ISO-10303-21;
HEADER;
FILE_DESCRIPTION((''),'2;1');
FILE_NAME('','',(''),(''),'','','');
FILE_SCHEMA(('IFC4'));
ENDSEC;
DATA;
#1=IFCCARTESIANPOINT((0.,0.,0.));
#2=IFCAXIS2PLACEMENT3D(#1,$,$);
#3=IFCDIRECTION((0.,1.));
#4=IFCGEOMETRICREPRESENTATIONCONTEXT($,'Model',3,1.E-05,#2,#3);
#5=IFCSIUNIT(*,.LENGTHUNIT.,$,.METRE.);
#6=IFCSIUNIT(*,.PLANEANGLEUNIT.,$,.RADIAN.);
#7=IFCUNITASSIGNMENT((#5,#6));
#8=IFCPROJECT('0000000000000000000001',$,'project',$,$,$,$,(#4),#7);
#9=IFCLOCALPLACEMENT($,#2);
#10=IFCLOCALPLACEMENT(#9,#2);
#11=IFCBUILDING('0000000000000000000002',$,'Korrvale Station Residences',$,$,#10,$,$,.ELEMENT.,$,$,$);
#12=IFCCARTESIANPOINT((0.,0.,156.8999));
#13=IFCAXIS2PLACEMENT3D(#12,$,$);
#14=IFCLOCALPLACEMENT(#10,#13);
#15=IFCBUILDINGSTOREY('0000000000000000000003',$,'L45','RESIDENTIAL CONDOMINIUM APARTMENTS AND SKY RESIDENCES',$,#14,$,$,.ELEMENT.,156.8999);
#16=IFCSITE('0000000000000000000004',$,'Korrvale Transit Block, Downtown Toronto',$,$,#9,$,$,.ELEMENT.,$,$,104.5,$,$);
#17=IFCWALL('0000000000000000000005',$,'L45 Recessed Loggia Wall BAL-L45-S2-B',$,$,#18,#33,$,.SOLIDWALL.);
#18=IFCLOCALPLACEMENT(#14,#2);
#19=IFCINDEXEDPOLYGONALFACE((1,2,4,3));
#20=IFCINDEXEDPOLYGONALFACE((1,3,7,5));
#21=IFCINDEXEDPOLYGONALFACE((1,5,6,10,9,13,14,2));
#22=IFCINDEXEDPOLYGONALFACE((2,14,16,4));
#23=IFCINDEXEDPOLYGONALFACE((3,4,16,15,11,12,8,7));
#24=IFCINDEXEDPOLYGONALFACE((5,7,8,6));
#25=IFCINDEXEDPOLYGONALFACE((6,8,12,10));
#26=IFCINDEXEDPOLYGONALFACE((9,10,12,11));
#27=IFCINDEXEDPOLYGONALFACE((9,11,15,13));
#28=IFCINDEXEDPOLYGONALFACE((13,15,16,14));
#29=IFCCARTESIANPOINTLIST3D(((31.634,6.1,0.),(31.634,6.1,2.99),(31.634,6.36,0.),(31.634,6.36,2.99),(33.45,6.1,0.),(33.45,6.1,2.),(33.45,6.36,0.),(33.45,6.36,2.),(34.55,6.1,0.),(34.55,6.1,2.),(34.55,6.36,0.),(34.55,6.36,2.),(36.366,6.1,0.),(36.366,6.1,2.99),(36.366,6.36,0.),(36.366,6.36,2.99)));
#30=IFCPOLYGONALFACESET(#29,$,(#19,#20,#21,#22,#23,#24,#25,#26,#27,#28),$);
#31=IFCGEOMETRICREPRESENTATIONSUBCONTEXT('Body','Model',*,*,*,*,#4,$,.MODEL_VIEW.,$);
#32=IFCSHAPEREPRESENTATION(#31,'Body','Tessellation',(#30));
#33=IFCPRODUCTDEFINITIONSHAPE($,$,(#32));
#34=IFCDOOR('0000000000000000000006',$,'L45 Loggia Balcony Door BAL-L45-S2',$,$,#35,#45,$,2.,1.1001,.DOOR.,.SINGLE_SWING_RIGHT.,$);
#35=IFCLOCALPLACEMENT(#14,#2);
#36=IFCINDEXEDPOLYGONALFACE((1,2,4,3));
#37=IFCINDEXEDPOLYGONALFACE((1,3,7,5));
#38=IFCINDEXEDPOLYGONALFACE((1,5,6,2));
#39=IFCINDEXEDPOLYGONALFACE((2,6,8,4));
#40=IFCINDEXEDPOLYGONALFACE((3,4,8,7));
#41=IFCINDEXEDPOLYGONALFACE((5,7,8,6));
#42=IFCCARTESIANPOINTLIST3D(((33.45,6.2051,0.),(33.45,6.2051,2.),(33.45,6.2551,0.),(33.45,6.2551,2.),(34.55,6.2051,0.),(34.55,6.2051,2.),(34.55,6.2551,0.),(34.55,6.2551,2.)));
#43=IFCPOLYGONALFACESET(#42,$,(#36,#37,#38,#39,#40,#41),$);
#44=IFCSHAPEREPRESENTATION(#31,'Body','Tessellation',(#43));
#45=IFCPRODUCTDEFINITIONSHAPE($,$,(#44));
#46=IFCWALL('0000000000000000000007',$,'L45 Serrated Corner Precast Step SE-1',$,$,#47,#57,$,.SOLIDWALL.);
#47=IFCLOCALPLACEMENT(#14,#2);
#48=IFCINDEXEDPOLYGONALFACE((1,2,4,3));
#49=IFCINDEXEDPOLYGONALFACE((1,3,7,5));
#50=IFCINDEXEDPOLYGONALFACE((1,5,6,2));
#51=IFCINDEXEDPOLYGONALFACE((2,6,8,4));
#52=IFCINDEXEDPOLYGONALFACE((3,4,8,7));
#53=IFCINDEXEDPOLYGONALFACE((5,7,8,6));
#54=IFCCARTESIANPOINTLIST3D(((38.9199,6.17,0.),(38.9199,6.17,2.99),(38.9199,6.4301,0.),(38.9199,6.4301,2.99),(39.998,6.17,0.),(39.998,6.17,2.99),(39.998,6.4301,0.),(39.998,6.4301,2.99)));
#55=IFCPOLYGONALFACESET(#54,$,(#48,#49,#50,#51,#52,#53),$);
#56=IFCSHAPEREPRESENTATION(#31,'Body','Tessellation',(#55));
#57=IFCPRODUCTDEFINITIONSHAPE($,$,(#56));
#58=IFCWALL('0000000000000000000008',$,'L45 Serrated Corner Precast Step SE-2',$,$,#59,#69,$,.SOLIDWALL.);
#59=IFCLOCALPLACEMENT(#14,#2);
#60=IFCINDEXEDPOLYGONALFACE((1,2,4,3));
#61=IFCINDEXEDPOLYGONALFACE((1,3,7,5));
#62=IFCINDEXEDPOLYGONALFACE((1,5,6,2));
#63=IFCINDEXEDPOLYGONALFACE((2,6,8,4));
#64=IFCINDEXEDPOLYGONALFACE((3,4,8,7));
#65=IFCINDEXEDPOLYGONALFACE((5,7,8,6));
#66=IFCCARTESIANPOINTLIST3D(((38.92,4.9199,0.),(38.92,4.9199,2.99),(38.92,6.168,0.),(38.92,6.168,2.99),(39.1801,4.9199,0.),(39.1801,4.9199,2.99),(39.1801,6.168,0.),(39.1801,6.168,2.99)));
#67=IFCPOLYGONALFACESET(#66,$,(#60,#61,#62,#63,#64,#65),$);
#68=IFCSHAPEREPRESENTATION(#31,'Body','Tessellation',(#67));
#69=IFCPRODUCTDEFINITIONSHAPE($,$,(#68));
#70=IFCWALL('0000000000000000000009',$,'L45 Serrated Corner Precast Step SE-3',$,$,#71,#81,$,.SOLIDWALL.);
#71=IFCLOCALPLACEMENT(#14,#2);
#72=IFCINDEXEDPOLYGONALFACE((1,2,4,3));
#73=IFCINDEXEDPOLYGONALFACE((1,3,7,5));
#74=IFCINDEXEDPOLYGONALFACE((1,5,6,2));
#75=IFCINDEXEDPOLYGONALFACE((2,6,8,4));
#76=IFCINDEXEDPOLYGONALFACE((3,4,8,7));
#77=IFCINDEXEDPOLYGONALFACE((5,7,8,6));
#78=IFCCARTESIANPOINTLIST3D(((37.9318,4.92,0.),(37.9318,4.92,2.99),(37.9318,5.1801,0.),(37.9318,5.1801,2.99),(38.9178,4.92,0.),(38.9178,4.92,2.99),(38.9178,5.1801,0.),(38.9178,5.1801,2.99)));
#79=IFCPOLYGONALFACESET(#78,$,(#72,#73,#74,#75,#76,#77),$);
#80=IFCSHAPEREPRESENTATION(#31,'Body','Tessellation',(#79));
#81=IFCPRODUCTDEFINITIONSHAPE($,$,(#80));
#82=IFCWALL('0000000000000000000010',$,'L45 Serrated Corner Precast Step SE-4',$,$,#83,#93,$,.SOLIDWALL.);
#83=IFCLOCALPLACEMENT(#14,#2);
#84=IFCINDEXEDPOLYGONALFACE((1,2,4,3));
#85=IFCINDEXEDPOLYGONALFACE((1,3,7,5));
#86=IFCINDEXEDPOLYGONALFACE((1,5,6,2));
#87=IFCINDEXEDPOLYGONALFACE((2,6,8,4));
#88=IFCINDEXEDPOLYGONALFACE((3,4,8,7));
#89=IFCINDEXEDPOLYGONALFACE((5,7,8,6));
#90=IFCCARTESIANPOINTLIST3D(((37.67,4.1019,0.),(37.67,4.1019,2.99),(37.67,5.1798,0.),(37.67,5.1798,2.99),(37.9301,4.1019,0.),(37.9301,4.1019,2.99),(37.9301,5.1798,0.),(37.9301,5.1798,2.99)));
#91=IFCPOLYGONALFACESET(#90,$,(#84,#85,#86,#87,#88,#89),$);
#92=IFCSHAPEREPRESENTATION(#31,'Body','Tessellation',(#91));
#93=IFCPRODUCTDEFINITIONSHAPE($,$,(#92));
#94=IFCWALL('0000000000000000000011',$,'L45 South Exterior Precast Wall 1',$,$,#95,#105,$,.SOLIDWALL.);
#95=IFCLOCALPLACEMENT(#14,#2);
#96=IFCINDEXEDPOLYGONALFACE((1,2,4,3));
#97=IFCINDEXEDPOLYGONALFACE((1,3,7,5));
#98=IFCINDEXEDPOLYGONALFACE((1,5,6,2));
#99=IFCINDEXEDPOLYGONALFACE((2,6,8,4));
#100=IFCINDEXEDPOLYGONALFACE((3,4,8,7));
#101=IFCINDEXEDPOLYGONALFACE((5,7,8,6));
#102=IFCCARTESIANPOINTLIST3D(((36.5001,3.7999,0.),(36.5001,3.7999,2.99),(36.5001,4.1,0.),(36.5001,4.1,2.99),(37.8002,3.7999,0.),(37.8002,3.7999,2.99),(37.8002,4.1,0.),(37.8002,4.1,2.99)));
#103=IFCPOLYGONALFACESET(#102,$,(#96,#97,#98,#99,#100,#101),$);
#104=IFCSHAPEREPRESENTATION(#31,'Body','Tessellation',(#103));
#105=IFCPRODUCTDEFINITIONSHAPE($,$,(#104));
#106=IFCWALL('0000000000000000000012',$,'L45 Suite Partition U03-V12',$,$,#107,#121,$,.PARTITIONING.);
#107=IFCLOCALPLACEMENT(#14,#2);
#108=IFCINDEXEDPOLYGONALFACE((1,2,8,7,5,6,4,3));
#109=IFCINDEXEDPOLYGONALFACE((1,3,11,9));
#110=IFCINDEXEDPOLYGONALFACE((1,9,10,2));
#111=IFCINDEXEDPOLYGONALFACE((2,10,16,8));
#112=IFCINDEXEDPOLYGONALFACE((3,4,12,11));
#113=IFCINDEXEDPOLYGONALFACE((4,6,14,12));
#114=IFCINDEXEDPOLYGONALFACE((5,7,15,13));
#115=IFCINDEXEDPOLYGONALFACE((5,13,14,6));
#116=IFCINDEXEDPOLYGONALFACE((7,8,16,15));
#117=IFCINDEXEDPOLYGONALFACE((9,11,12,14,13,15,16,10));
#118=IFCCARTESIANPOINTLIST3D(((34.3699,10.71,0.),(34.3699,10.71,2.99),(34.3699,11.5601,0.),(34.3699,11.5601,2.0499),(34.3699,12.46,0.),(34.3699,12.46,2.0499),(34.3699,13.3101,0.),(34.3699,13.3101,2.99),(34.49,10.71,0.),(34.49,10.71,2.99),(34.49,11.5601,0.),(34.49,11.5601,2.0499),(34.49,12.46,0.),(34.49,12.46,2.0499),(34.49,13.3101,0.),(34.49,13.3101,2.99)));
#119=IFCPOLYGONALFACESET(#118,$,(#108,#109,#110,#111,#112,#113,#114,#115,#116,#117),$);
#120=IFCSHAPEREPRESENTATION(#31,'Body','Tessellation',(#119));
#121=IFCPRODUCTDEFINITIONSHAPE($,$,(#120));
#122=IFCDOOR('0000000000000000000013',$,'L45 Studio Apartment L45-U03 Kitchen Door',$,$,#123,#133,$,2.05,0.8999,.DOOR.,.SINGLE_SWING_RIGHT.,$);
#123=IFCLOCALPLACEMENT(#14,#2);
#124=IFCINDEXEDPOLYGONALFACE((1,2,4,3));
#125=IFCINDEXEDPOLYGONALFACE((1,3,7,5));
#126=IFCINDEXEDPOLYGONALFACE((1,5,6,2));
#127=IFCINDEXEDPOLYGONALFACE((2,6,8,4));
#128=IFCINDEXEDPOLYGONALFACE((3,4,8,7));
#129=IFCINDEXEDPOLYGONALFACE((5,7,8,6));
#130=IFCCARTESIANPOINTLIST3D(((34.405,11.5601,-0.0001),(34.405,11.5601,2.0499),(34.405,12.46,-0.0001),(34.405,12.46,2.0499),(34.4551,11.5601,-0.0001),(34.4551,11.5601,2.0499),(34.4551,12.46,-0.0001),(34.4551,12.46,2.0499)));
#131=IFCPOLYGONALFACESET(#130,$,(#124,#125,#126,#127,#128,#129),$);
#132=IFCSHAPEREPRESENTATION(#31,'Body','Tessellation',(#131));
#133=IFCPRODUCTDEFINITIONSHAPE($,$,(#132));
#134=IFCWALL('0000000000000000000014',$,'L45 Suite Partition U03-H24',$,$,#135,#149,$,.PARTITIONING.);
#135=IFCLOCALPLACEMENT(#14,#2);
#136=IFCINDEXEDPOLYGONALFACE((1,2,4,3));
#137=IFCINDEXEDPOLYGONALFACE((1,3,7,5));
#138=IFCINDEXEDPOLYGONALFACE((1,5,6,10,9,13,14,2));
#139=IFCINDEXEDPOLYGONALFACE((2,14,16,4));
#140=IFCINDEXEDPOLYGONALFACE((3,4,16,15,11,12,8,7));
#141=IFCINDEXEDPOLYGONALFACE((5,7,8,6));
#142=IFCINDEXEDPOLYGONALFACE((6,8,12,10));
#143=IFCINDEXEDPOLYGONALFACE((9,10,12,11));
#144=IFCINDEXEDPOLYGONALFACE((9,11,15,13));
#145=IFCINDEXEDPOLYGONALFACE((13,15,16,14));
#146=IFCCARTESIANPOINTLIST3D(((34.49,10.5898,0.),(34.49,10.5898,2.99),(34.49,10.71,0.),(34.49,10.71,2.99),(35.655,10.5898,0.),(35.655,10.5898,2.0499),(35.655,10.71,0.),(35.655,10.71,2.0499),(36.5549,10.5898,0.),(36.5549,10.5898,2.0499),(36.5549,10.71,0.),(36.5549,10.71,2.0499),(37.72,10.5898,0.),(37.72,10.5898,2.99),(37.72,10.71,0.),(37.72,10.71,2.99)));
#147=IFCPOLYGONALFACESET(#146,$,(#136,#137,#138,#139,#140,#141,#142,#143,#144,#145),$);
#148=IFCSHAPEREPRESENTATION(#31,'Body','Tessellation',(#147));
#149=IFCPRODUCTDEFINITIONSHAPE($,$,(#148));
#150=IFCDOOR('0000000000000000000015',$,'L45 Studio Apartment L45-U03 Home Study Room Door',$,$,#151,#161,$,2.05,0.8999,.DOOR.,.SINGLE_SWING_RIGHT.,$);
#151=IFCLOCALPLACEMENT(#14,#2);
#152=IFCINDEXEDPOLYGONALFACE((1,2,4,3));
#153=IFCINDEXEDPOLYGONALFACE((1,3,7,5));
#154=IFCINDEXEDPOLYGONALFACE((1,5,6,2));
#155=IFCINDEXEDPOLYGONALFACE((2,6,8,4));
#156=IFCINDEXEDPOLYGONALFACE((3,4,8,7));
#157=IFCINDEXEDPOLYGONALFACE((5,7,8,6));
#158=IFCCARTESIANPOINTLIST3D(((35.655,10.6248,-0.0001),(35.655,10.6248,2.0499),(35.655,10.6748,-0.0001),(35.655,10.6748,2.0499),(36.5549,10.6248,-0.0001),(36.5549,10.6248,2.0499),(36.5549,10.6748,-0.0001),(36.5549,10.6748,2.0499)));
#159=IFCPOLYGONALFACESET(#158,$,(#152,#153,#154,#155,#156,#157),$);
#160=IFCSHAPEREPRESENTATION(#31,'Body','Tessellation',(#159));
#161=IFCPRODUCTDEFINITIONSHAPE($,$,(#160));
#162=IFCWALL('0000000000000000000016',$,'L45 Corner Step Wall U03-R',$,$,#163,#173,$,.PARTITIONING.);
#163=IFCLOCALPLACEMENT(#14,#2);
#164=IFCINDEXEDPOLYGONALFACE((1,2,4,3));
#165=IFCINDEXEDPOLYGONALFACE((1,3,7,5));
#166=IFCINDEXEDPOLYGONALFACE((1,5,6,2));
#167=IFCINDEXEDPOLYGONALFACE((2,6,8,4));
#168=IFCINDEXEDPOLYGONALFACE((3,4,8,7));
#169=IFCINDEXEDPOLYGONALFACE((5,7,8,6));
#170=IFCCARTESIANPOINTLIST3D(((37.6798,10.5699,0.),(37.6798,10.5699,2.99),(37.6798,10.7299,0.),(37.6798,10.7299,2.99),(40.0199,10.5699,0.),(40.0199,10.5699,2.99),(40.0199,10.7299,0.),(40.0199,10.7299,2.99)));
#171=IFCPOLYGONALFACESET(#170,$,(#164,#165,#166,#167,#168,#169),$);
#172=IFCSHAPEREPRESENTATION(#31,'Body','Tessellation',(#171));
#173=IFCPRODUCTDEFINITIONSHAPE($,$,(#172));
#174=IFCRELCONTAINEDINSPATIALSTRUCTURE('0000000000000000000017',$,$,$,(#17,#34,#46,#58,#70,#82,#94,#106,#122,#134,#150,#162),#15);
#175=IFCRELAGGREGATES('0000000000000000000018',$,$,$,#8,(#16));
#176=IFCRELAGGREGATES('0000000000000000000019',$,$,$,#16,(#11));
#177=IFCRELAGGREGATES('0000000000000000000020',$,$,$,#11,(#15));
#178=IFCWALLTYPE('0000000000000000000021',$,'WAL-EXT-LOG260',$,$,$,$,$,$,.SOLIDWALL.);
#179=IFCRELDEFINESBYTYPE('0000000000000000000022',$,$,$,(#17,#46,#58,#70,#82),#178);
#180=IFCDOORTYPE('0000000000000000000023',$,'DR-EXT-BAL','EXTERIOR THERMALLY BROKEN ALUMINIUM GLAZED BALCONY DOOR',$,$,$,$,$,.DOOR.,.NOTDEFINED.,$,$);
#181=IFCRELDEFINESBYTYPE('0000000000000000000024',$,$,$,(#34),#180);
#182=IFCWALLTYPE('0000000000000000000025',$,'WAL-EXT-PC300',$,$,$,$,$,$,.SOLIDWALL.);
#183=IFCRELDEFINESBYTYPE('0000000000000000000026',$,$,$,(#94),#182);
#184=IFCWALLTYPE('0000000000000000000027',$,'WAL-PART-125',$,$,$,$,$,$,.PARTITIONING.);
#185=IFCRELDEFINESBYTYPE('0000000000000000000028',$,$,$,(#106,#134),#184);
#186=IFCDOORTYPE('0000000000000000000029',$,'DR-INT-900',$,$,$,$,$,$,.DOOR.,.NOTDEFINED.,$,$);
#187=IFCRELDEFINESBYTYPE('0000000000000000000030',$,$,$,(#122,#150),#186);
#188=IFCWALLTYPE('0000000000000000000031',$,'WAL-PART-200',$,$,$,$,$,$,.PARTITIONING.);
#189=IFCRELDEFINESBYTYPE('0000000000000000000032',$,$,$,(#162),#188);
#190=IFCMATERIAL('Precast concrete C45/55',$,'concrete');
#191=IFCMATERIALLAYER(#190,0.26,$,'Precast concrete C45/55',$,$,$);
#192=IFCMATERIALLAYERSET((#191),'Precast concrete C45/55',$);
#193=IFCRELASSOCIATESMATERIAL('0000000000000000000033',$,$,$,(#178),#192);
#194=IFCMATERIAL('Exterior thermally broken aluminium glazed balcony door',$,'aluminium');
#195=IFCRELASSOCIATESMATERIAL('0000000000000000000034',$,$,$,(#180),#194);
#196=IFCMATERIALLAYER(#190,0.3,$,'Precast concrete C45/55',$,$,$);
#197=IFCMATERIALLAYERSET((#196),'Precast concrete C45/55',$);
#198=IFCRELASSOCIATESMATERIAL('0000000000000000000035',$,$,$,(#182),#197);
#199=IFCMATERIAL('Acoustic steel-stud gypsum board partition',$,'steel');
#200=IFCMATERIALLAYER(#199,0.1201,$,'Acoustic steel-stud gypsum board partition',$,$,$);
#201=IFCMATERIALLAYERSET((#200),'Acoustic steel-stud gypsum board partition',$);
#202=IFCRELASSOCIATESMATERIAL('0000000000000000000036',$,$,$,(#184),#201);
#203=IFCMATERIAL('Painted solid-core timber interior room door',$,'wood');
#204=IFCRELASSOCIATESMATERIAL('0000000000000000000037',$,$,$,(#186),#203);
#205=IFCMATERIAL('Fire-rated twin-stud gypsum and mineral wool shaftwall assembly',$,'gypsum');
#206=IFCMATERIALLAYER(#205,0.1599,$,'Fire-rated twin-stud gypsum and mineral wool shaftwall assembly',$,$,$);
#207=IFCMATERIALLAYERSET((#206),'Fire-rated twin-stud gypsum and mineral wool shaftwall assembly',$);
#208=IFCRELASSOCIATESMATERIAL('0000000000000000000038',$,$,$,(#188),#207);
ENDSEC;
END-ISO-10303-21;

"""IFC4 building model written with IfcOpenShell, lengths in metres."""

from ifc_helpers import new_model, si_unit, direction, frame, frame_2d, origin, place, context, subcontext, project, spatial, rectangle, extrude, material, layer, layer_set, type_object, element, fill, save


model = new_model("IFC4")

# Units and contexts
model_context = context("Model", 3, precision=1e-05, world=origin(), true_north=direction((0.0, 1.0)))
body_context = subcontext(model_context, "Body", "Model", "MODEL_VIEW")
ifc_project = project(units=[si_unit("LENGTHUNIT", "METRE"), si_unit("PLANEANGLEUNIT", "RADIAN")], contexts=[model_context])

# Site, building, storey
site_placement = place(None, origin())
site = spatial("IfcSite", under=ifc_project, at=site_placement, Name="Korrvale Transit Block, Downtown Toronto", CompositionType="ELEMENT", RefElevation=104.5)
building_placement = place(site_placement, origin())
building = spatial("IfcBuilding", under=site, at=building_placement, Name="Korrvale Station Residences", CompositionType="ELEMENT")
storey_placement = place(building_placement, frame((0.0, 0.0, 156.8999)))
storey = spatial("IfcBuildingStorey", under=building, at=storey_placement, Name="L45", Description="RESIDENTIAL CONDOMINIUM APARTMENTS AND SKY RESIDENCES", CompositionType="ELEMENT", Elevation=156.8999)

# Shared definitions
ifc_material_1 = material(Name="Precast concrete C45/55", Category="concrete")
ifc_layer_1 = layer(ifc_material_1, 0.26, Name="Precast concrete C45/55")
ifc_layer_set_1 = layer_set([ifc_layer_1], Name="Precast concrete C45/55")
wall_type_1 = type_object("IfcWallType", Name="WAL-EXT-LOG260", PredefinedType="SOLIDWALL", material=ifc_layer_set_1)

# Wall, opening, door
wall_1_placement = place(storey_placement, frame((36.366, 6.23, 0.0), z_axis=(0.0, 0.0, 1.0), x_axis=(-1.0, 0.0, 0.0)))
wall_1 = element("IfcWall", 1, at=wall_1_placement, inside=storey, type_object=wall_type_1, Name="L45 Recessed Loggia Wall BAL-L45-S2-B", PredefinedType="SOLIDWALL", context=body_context, shape_type="SweptSolid", body=[
    extrude(rectangle(XDim=4.7319, YDim=0.26, at=frame_2d((2.366, 0.0))), origin(), (0.0, 0.0, 1.0), 2.99),
])
opening_1_placement = place(wall_1_placement, frame((1.8159, 0.0, 0.0)))
opening_1 = element("IfcOpeningElement", 2, at=opening_1_placement, cuts=wall_1, PredefinedType="OPENING", context=body_context, shape_type="SweptSolid", body=[
    extrude(rectangle(XDim=1.1001, YDim=2.0, at=frame_2d((0.55, 1.0))), frame((0.0, 0.1401, 0.0), z_axis=(0.0, -1.0, 0.0), x_axis=(1.0, 0.0, 0.0)), (0.0, 0.0, 1.0), 0.28),
])
ifc_material_2 = material(Name="Exterior thermally broken aluminium glazed balcony door", Category="aluminium")
door_type_1 = type_object("IfcDoorType", Name="DR-EXT-BAL", Description="EXTERIOR THERMALLY BROKEN ALUMINIUM GLAZED BALCONY DOOR", OperationType="NOTDEFINED", PredefinedType="DOOR", material=ifc_material_2)
door_1_placement = place(opening_1_placement, origin())
door_1 = element("IfcDoor", 3, at=door_1_placement, inside=storey, type_object=door_type_1, Name="L45 Loggia Balcony Door BAL-L45-S2", OperationType="SINGLE_SWING_RIGHT", OverallHeight=2.0, OverallWidth=1.1001, PredefinedType="DOOR", context=body_context, shape_type="SweptSolid", body=[
    extrude(rectangle(XDim=1.1001, YDim=2.0, at=frame_2d((0.55, 1.0))), frame((0.0, 0.0249, 0.0), z_axis=(0.0, -1.0, 0.0), x_axis=(1.0, 0.0, 0.0)), (0.0, 0.0, 1.0), 0.05),
])
fill(opening_1, door_1)

# Walls
wall_2_placement = place(storey_placement, frame((39.998, 6.3, 0.0), z_axis=(0.0, 0.0, 1.0), x_axis=(-1.0, 0.0, 0.0)))
element("IfcWall", 4, at=wall_2_placement, inside=storey, type_object=wall_type_1, Name="L45 Serrated Corner Precast Step SE-1", PredefinedType="SOLIDWALL", context=body_context, shape_type="SweptSolid", body=[
    extrude(rectangle(XDim=1.0781, YDim=0.26, at=frame_2d((0.5391, 0.0))), origin(), (0.0, 0.0, 1.0), 2.99),
])
wall_3_placement = place(storey_placement, frame((39.05, 6.168, 0.0), z_axis=(0.0, 0.0, 1.0), x_axis=(0.0, -1.0, 0.0)))
element("IfcWall", 5, at=wall_3_placement, inside=storey, type_object=wall_type_1, Name="L45 Serrated Corner Precast Step SE-2", PredefinedType="SOLIDWALL", context=body_context, shape_type="SweptSolid", body=[
    extrude(rectangle(XDim=1.248, YDim=0.26, at=frame_2d((0.624, 0.0))), origin(), (0.0, 0.0, 1.0), 2.99),
])
wall_4_placement = place(storey_placement, frame((38.918, 5.05, 0.0), z_axis=(0.0, 0.0, 1.0), x_axis=(-1.0, 0.0, 0.0)))
element("IfcWall", 6, at=wall_4_placement, inside=storey, type_object=wall_type_1, Name="L45 Serrated Corner Precast Step SE-3", PredefinedType="SOLIDWALL", context=body_context, shape_type="SweptSolid", body=[
    extrude(rectangle(XDim=0.9861, YDim=0.26, at=frame_2d((0.4932, 0.0))), origin(), (0.0, 0.0, 1.0), 2.99),
])
wall_5_placement = place(storey_placement, frame((37.8, 5.1799, 0.0), z_axis=(0.0, 0.0, 1.0), x_axis=(0.0, -1.0, 0.0)))
element("IfcWall", 7, at=wall_5_placement, inside=storey, type_object=wall_type_1, Name="L45 Serrated Corner Precast Step SE-4", PredefinedType="SOLIDWALL", context=body_context, shape_type="SweptSolid", body=[
    extrude(rectangle(XDim=1.0779, YDim=0.26, at=frame_2d((0.5391, 0.0))), origin(), (0.0, 0.0, 1.0), 2.99),
])
ifc_layer_2 = layer(ifc_material_1, 0.3, Name="Precast concrete C45/55")
ifc_layer_set_2 = layer_set([ifc_layer_2], Name="Precast concrete C45/55")
wall_type_2 = type_object("IfcWallType", Name="WAL-EXT-PC300", PredefinedType="SOLIDWALL", material=ifc_layer_set_2)
wall_6_placement = place(storey_placement, frame((37.8, 3.95, 0.0), z_axis=(0.0, 0.0, 1.0), x_axis=(-1.0, 0.0, 0.0)))
element("IfcWall", 8, at=wall_6_placement, inside=storey, type_object=wall_type_2, Name="L45 South Exterior Precast Wall 1", PredefinedType="SOLIDWALL", context=body_context, shape_type="SweptSolid", body=[
    extrude(rectangle(XDim=1.3, YDim=0.3, at=frame_2d((0.6499, 0.0))), origin(), (0.0, 0.0, 1.0), 2.99),
])

# Walls, openings, doors
ifc_material_3 = material(Name="Acoustic steel-stud gypsum board partition", Category="steel")
ifc_layer_3 = layer(ifc_material_3, 0.1201, Name="Acoustic steel-stud gypsum board partition")
ifc_layer_set_3 = layer_set([ifc_layer_3], Name="Acoustic steel-stud gypsum board partition")
wall_type_3 = type_object("IfcWallType", Name="WAL-PART-125", PredefinedType="PARTITIONING", material=ifc_layer_set_3)
wall_7_placement = place(storey_placement, frame((34.4299, 10.71, 0.0), z_axis=(0.0, 0.0, 1.0), x_axis=(0.0, 1.0, 0.0)))
wall_7 = element("IfcWall", 9, at=wall_7_placement, inside=storey, type_object=wall_type_3, Name="L45 Suite Partition U03-V12", PredefinedType="PARTITIONING", context=body_context, shape_type="SweptSolid", body=[
    extrude(rectangle(XDim=2.6001, YDim=0.1201, at=frame_2d((1.3, 0.0))), origin(), (0.0, 0.0, 1.0), 2.99),
])
opening_2_placement = place(wall_7_placement, frame((0.8501, 0.0, 0.0)))
opening_2 = element("IfcOpeningElement", 10, at=opening_2_placement, cuts=wall_7, PredefinedType="OPENING", context=body_context, shape_type="SweptSolid", body=[
    extrude(rectangle(XDim=0.8999, YDim=2.05, at=frame_2d((0.45, 1.0249))), frame((0.0, 0.0701, 0.0), z_axis=(0.0, -1.0, 0.0), x_axis=(1.0, 0.0, 0.0)), (0.0, 0.0, 1.0), 0.1401),
])
ifc_material_4 = material(Name="Painted solid-core timber interior room door", Category="wood")
door_type_2 = type_object("IfcDoorType", Name="DR-INT-900", OperationType="NOTDEFINED", PredefinedType="DOOR", material=ifc_material_4)
door_2_placement = place(opening_2_placement, origin())
door_2 = element("IfcDoor", 11, at=door_2_placement, inside=storey, type_object=door_type_2, Name="L45 Studio Apartment L45-U03 Kitchen Door", OperationType="SINGLE_SWING_RIGHT", OverallHeight=2.05, OverallWidth=0.8999, PredefinedType="DOOR", context=body_context, shape_type="SweptSolid", body=[
    extrude(rectangle(XDim=0.8999, YDim=2.05, at=frame_2d((0.45, 1.0249))), frame((0.0, 0.0249, 0.0), z_axis=(0.0, -1.0, 0.0), x_axis=(1.0, 0.0, 0.0)), (0.0, 0.0, 1.0), 0.05),
])
fill(opening_2, door_2)
wall_8_placement = place(storey_placement, frame((34.49, 10.6499, 0.0), z_axis=(0.0, 0.0, 1.0), x_axis=(1.0, 0.0, 0.0)))
wall_8 = element("IfcWall", 12, at=wall_8_placement, inside=storey, type_object=wall_type_3, Name="L45 Suite Partition U03-H24", PredefinedType="PARTITIONING", context=body_context, shape_type="SweptSolid", body=[
    extrude(rectangle(XDim=3.23, YDim=0.1201, at=frame_2d((1.615, 0.0))), origin(), (0.0, 0.0, 1.0), 2.99),
])
opening_3_placement = place(wall_8_placement, frame((1.165, 0.0, 0.0)))
opening_3 = element("IfcOpeningElement", 13, at=opening_3_placement, cuts=wall_8, PredefinedType="OPENING", context=body_context, shape_type="SweptSolid", body=[
    extrude(rectangle(XDim=0.8999, YDim=2.05, at=frame_2d((0.45, 1.0249))), frame((0.0, 0.0701, 0.0), z_axis=(0.0, -1.0, 0.0), x_axis=(1.0, 0.0, 0.0)), (0.0, 0.0, 1.0), 0.1401),
])
door_3_placement = place(opening_3_placement, origin())
door_3 = element("IfcDoor", 14, at=door_3_placement, inside=storey, type_object=door_type_2, Name="L45 Studio Apartment L45-U03 Home Study Room Door", OperationType="SINGLE_SWING_RIGHT", OverallHeight=2.05, OverallWidth=0.8999, PredefinedType="DOOR", context=body_context, shape_type="SweptSolid", body=[
    extrude(rectangle(XDim=0.8999, YDim=2.05, at=frame_2d((0.45, 1.0249))), frame((0.0, 0.0249, 0.0), z_axis=(0.0, -1.0, 0.0), x_axis=(1.0, 0.0, 0.0)), (0.0, 0.0, 1.0), 0.05),
])
fill(opening_3, door_3)

# Wall
ifc_material_5 = material(Name="Fire-rated twin-stud gypsum and mineral wool shaftwall assembly", Category="gypsum")
ifc_layer_4 = layer(ifc_material_5, 0.1599, Name="Fire-rated twin-stud gypsum and mineral wool shaftwall assembly")
ifc_layer_set_4 = layer_set([ifc_layer_4], Name="Fire-rated twin-stud gypsum and mineral wool shaftwall assembly")
wall_type_4 = type_object("IfcWallType", Name="WAL-PART-200", PredefinedType="PARTITIONING", material=ifc_layer_set_4)
wall_9_placement = place(storey_placement, frame((37.6799, 10.6499, 0.0), z_axis=(0.0, 0.0, 1.0), x_axis=(1.0, 0.0, 0.0)))
element("IfcWall", 15, at=wall_9_placement, inside=storey, type_object=wall_type_4, Name="L45 Corner Step Wall U03-R", PredefinedType="PARTITIONING", context=body_context, shape_type="SweptSolid", body=[
    extrude(rectangle(XDim=2.3401, YDim=0.1599, at=frame_2d((1.1699, 0.0))), origin(), (0.0, 0.0, 1.0), 2.99),
])

save(model, "model.ifc")
